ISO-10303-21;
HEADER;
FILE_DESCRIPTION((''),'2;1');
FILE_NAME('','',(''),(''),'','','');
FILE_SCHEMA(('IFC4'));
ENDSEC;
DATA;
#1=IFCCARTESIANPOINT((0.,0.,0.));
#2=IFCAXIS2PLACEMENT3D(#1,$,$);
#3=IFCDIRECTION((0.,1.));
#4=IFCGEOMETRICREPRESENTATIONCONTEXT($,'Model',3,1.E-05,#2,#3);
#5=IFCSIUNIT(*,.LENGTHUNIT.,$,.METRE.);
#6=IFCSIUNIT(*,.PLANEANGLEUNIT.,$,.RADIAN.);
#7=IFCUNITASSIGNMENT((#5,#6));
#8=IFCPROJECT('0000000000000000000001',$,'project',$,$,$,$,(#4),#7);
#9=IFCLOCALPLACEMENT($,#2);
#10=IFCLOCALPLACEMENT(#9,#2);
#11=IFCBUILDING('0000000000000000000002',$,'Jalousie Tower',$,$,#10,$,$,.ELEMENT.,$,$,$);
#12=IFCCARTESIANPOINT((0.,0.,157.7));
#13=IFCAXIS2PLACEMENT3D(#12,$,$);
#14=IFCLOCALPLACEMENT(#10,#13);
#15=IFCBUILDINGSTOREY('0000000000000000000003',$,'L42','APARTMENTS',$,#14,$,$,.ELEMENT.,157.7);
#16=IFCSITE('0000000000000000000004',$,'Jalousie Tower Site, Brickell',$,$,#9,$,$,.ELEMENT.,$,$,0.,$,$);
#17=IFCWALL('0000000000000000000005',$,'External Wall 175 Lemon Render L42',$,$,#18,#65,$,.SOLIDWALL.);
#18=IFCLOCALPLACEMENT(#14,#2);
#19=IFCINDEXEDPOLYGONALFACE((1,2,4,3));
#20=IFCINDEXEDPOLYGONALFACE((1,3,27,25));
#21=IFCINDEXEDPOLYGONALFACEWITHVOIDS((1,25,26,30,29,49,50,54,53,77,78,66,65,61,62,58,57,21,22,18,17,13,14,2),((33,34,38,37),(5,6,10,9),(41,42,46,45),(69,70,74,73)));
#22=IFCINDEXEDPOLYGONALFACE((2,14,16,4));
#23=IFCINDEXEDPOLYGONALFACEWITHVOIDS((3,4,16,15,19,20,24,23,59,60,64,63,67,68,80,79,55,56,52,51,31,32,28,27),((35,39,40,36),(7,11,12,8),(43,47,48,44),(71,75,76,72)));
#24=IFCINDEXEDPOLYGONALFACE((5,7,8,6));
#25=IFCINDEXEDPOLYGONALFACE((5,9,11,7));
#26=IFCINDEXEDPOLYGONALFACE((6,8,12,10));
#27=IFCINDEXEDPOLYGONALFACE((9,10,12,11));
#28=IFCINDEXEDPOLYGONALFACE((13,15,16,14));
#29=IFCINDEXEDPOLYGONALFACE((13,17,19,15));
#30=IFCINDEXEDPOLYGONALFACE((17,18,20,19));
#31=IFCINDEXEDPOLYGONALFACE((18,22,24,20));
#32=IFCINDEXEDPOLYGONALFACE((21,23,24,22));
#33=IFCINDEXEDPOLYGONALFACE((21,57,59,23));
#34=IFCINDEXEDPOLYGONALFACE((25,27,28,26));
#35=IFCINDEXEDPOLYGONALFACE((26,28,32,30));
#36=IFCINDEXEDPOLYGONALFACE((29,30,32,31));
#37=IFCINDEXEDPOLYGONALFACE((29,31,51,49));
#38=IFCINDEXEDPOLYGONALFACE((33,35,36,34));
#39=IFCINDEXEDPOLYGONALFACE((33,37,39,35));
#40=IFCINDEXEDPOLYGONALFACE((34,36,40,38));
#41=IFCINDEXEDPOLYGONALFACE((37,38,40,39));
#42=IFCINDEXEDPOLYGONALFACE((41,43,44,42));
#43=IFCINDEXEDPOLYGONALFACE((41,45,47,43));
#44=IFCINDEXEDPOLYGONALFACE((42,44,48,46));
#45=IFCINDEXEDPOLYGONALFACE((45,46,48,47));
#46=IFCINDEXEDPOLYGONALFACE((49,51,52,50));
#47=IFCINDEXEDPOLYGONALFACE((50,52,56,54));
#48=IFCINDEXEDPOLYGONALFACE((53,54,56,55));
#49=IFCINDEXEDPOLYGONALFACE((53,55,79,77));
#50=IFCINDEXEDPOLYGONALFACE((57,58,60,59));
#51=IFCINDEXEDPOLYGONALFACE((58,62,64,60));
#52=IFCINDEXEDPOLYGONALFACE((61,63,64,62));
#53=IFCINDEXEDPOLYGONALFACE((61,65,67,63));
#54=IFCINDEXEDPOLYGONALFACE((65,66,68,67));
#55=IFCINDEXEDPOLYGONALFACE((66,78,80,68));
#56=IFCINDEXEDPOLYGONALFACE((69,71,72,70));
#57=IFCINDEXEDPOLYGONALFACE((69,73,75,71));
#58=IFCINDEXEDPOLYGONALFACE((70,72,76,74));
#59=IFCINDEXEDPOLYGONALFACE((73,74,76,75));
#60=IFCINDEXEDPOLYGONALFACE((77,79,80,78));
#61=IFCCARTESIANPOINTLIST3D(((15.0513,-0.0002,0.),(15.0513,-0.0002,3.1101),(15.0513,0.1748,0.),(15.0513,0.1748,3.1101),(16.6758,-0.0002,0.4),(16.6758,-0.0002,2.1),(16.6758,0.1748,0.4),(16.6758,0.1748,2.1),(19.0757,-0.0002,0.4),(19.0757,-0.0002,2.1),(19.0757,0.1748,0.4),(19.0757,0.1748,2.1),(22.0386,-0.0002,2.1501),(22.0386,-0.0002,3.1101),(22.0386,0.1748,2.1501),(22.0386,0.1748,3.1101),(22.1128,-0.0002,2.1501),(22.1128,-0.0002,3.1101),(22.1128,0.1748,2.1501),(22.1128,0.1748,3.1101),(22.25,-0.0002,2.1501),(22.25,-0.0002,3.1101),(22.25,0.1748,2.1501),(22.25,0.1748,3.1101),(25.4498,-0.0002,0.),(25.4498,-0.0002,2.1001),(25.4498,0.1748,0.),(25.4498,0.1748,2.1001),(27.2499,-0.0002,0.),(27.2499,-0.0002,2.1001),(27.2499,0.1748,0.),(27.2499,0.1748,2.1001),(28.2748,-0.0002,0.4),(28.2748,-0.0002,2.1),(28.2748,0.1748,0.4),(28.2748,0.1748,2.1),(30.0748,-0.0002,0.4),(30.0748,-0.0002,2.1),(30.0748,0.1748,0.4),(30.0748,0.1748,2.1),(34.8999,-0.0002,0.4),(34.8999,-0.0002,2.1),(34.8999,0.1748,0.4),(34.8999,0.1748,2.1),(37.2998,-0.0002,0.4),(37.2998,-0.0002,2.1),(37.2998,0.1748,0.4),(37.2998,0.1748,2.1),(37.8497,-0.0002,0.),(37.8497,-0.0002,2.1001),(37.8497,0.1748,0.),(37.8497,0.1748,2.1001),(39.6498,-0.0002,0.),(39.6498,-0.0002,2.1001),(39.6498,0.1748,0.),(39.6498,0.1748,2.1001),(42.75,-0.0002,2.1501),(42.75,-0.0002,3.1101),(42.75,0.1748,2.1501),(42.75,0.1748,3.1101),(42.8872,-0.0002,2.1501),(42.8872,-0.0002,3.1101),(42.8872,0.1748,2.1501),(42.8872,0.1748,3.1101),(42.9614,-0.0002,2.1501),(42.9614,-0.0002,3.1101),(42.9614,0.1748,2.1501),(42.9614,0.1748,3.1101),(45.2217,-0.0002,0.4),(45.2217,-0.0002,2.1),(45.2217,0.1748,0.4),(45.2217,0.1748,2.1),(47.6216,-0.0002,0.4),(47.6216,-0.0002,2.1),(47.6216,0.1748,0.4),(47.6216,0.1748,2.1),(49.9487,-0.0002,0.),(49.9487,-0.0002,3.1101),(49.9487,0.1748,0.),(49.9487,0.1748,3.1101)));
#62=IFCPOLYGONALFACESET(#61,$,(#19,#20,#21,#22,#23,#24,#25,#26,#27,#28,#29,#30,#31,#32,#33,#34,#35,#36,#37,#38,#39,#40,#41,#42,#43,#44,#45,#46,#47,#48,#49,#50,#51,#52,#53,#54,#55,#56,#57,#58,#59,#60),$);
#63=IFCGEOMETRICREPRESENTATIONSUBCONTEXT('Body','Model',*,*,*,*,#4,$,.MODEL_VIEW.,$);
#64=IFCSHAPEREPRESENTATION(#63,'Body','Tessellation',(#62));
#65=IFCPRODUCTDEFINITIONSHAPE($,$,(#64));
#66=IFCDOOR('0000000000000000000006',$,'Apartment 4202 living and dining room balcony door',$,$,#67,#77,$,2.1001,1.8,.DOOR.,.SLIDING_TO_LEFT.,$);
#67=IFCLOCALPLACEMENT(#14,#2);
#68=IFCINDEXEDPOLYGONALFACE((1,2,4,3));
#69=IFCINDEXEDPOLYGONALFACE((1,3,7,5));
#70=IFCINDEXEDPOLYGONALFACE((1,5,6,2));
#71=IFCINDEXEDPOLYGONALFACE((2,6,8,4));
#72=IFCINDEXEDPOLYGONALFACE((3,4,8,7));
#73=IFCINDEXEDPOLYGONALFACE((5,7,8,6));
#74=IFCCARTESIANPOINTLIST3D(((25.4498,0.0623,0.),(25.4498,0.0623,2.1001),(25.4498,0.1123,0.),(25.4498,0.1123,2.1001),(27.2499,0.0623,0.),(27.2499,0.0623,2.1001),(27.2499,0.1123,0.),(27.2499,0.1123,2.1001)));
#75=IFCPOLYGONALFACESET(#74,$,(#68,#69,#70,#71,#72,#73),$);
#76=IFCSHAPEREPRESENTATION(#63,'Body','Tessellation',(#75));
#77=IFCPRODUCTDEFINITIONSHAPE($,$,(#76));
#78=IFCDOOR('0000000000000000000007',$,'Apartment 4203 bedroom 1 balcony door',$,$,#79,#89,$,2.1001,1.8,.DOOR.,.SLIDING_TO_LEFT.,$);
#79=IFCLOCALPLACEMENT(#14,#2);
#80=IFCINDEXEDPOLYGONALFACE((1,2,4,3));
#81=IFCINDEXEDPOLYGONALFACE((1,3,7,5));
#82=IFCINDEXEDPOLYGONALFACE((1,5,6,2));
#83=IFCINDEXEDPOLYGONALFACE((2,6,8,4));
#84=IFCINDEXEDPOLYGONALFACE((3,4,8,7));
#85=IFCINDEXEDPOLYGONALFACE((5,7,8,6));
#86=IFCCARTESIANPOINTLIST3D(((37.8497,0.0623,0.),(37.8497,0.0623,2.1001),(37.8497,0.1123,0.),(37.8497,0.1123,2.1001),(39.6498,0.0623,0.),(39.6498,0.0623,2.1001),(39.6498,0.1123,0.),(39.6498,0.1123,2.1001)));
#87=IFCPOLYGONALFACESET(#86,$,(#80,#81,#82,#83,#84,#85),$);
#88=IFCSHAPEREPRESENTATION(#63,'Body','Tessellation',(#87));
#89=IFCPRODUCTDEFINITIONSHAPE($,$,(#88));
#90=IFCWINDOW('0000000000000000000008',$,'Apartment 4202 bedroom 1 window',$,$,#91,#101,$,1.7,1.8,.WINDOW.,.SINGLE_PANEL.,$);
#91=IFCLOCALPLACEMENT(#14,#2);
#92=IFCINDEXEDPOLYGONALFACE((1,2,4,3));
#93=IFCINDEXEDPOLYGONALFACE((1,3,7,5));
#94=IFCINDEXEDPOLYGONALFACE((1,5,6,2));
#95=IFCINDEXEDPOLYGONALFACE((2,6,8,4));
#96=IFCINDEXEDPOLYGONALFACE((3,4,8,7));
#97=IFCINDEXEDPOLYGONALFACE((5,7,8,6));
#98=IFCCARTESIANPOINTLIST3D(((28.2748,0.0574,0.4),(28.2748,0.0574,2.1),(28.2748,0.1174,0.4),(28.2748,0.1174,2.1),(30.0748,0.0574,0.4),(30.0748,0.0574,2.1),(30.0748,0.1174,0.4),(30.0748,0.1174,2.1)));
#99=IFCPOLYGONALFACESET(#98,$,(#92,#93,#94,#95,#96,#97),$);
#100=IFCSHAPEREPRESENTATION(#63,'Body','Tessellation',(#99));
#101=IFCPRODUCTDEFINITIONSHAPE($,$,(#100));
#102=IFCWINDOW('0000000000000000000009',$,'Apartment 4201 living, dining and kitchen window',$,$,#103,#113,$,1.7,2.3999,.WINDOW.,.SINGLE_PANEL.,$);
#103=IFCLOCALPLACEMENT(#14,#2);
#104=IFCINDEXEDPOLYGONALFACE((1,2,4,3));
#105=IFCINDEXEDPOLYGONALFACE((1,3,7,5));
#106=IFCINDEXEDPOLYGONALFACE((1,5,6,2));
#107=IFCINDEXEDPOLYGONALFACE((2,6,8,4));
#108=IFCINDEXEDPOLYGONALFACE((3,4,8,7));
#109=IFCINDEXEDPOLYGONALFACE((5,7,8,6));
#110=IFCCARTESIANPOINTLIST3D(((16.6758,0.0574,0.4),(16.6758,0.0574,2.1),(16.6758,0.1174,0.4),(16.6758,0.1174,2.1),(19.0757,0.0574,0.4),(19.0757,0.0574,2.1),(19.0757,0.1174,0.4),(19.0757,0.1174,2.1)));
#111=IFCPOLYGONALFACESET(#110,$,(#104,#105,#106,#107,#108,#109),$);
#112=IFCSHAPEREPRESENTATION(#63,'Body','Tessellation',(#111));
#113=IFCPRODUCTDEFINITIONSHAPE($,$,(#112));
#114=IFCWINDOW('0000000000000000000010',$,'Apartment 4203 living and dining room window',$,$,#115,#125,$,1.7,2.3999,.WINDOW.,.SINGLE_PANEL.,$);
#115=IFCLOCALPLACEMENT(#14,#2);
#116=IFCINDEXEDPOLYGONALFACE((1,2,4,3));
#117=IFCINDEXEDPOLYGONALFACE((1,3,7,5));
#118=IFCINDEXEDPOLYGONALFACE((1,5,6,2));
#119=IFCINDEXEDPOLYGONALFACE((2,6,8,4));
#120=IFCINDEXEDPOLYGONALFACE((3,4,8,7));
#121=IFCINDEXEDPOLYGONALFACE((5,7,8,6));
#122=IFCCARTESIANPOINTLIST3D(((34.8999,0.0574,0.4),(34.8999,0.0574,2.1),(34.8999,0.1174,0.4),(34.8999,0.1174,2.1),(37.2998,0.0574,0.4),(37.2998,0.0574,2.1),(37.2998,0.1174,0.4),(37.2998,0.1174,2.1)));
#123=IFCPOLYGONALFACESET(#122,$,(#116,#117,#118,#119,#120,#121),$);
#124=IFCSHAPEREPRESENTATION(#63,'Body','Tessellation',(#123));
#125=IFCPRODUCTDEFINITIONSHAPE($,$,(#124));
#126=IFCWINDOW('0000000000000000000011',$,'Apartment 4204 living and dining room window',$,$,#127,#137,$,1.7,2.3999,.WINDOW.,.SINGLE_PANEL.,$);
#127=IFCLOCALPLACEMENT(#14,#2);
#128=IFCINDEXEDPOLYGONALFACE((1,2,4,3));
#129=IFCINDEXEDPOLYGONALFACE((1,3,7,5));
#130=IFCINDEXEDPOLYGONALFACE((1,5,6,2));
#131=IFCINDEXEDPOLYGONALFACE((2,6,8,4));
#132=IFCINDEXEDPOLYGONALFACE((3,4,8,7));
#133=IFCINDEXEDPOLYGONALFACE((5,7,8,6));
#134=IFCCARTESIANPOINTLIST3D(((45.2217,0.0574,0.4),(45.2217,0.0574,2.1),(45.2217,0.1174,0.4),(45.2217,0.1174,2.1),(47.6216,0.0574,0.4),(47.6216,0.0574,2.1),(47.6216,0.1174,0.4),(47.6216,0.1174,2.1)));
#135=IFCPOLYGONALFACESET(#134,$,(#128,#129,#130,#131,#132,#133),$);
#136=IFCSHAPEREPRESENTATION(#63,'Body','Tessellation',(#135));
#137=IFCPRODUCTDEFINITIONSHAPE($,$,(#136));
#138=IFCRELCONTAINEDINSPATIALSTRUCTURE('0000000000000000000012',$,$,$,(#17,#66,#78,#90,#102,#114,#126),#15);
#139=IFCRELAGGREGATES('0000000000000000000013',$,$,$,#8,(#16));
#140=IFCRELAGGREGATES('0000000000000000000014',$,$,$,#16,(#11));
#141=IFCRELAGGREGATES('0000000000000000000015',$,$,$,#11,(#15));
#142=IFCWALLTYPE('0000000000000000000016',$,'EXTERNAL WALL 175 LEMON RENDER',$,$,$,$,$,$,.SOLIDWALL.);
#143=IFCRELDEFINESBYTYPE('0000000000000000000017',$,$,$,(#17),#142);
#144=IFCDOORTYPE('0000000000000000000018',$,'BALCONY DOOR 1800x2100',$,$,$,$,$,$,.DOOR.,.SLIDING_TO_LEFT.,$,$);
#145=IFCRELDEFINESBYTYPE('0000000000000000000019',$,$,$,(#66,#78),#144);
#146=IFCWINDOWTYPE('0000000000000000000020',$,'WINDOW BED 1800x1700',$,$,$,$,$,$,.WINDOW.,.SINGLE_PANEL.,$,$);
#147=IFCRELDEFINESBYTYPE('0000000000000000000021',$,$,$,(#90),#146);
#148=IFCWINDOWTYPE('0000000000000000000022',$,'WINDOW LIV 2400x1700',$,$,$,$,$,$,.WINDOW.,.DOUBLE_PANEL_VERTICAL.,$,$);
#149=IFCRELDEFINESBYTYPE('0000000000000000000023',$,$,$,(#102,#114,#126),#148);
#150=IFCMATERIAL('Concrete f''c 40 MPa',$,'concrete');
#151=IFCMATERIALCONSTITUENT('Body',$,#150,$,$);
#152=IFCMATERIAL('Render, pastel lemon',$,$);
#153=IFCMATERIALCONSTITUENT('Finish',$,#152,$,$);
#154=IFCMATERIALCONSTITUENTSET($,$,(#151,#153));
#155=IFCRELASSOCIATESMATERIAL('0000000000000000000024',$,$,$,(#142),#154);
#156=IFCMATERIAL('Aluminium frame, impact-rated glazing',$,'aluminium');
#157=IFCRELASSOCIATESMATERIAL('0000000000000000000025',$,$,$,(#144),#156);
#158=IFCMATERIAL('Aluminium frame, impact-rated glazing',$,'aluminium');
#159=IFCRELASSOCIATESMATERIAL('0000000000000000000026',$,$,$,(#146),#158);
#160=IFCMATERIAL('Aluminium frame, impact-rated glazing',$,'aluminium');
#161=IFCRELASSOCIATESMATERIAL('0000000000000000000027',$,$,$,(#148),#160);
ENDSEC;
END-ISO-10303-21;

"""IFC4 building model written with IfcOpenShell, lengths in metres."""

from ifc_helpers import new_model, si_unit, direction, frame, frame_2d, origin, place, context, subcontext, project, spatial, polyline, rectangle, outline, extrude, material, constituent, constituent_set, type_object, element, fill, save


model = new_model("IFC4")

# Units and contexts
model_context = context("Model", 3, precision=1e-05, world=origin(), true_north=direction((0.0, 1.0)))
body_context = subcontext(model_context, "Body", "Model", "MODEL_VIEW")
ifc_project = project(units=[si_unit("LENGTHUNIT", "METRE"), si_unit("PLANEANGLEUNIT", "RADIAN")], contexts=[model_context])

# Site, building, storey
site_placement = place(None, origin())
site = spatial("IfcSite", under=ifc_project, at=site_placement, Name="Jalousie Tower Site, Brickell", CompositionType="ELEMENT", RefElevation=0.0)
building_placement = place(site_placement, origin())
building = spatial("IfcBuilding", under=site, at=building_placement, Name="Jalousie Tower", CompositionType="ELEMENT")
storey_placement = place(building_placement, frame((0.0, 0.0, 157.7)))
storey = spatial("IfcBuildingStorey", under=building, at=storey_placement, Name="L42", Description="APARTMENTS", CompositionType="ELEMENT", Elevation=157.7)

# Wall, openings, doors, windows
ifc_material_1 = material(Name="Concrete f'c 40 MPa", Category="concrete")
ifc_constituent_1 = constituent(ifc_material_1, Name="Body")
ifc_material_2 = material(Name="Render, pastel lemon")
ifc_constituent_2 = constituent(ifc_material_2, Name="Finish")
ifc_constituent_set_1 = constituent_set(constituents=[ifc_constituent_1, ifc_constituent_2])
wall_type_1 = type_object("IfcWallType", Name="EXTERNAL WALL 175 LEMON RENDER", PredefinedType="SOLIDWALL", material=ifc_constituent_set_1)
wall_1_placement = place(storey_placement, frame((15.0513, 0.0874, 0.0), z_axis=(0.0, 0.0, 1.0), x_axis=(1.0, 0.0, 0.0)))
wall_1 = element("IfcWall", 1, at=wall_1_placement, inside=storey, type_object=wall_type_1, Name="External Wall 175 Lemon Render L42", PredefinedType="SOLIDWALL", context=body_context, shape_type="SweptSolid", body=[
    extrude(outline(polyline([(0.0, 0.0), (34.8975, 0.0), (34.8975, 3.1101), (27.9102, 3.1101), (27.9102, 2.1501), (27.8359, 2.1501), (27.8359, 3.1101), (27.6987, 3.1101), (27.6987, 2.1501), (7.1987, 2.1501), (7.1987, 3.1101), (7.0615, 3.1101), (7.0615, 2.1501), (6.9873, 2.1501), (6.9873, 3.1101), (0.0, 3.1101), (0.0, 0.0)])), frame((0.0, 0.0874, 0.0), z_axis=(0.0, -1.0, 0.0), x_axis=(1.0, 0.0, 0.0)), (0.0, 0.0, 1.0), 0.175),
])
opening_1_placement = place(wall_1_placement, frame((1.6245, 0.0, 0.3999)))
opening_1 = element("IfcOpeningElement", 2, at=opening_1_placement, cuts=wall_1, PredefinedType="OPENING", context=body_context, shape_type="SweptSolid", body=[
    extrude(rectangle(XDim=2.3999, YDim=1.7, at=frame_2d((1.2, 0.8501))), frame((0.0, 0.0974, 0.0), z_axis=(0.0, -1.0, 0.0), x_axis=(1.0, 0.0, 0.0)), (0.0, 0.0, 1.0), 0.1951),
])
opening_2_placement = place(wall_1_placement, frame((10.3987, 0.0, 0.0)))
opening_2 = element("IfcOpeningElement", 3, at=opening_2_placement, cuts=wall_1, PredefinedType="OPENING", context=body_context, shape_type="SweptSolid", body=[
    extrude(rectangle(XDim=1.8, YDim=2.1001, at=frame_2d((0.8999, 1.05))), frame((0.0, 0.0974, 0.0), z_axis=(0.0, -1.0, 0.0), x_axis=(1.0, 0.0, 0.0)), (0.0, 0.0, 1.0), 0.1951),
])
opening_3_placement = place(wall_1_placement, frame((13.2236, 0.0, 0.3999)))
opening_3 = element("IfcOpeningElement", 4, at=opening_3_placement, cuts=wall_1, PredefinedType="OPENING", context=body_context, shape_type="SweptSolid", body=[
    extrude(rectangle(XDim=1.8, YDim=1.7, at=frame_2d((0.8999, 0.8501))), frame((0.0, 0.0974, 0.0), z_axis=(0.0, -1.0, 0.0), x_axis=(1.0, 0.0, 0.0)), (0.0, 0.0, 1.0), 0.1951),
])
opening_4_placement = place(wall_1_placement, frame((19.8486, 0.0, 0.3999)))
opening_4 = element("IfcOpeningElement", 5, at=opening_4_placement, cuts=wall_1, PredefinedType="OPENING", context=body_context, shape_type="SweptSolid", body=[
    extrude(rectangle(XDim=2.3999, YDim=1.7, at=frame_2d((1.2, 0.8501))), frame((0.0, 0.0974, 0.0), z_axis=(0.0, -1.0, 0.0), x_axis=(1.0, 0.0, 0.0)), (0.0, 0.0, 1.0), 0.1951),
])
opening_5_placement = place(wall_1_placement, frame((22.7986, 0.0, 0.0)))
opening_5 = element("IfcOpeningElement", 6, at=opening_5_placement, cuts=wall_1, PredefinedType="OPENING", context=body_context, shape_type="SweptSolid", body=[
    extrude(rectangle(XDim=1.8, YDim=2.1001, at=frame_2d((0.8999, 1.05))), frame((0.0, 0.0974, 0.0), z_axis=(0.0, -1.0, 0.0), x_axis=(1.0, 0.0, 0.0)), (0.0, 0.0, 1.0), 0.1951),
])
opening_6_placement = place(wall_1_placement, frame((30.1704, 0.0, 0.3999)))
opening_6 = element("IfcOpeningElement", 7, at=opening_6_placement, cuts=wall_1, PredefinedType="OPENING", context=body_context, shape_type="SweptSolid", body=[
    extrude(rectangle(XDim=2.3999, YDim=1.7, at=frame_2d((1.2, 0.8501))), frame((0.0, 0.0974, 0.0), z_axis=(0.0, -1.0, 0.0), x_axis=(1.0, 0.0, 0.0)), (0.0, 0.0, 1.0), 0.1951),
])
ifc_material_3 = material(Name="Aluminium frame, impact-rated glazing", Category="aluminium")
door_type_1 = type_object("IfcDoorType", Name="BALCONY DOOR 1800x2100", OperationType="SLIDING_TO_LEFT", PredefinedType="DOOR", material=ifc_material_3)
door_1_placement = place(opening_2_placement, origin())
door_1 = element("IfcDoor", 8, at=door_1_placement, inside=storey, type_object=door_type_1, Name="Apartment 4202 living and dining room balcony door", OperationType="SLIDING_TO_LEFT", OverallHeight=2.1001, OverallWidth=1.8, PredefinedType="DOOR", context=body_context, shape_type="SweptSolid", body=[
    extrude(rectangle(XDim=1.8, YDim=2.1001, at=frame_2d((0.8999, 1.05))), frame((0.0, 0.0249, 0.0), z_axis=(0.0, -1.0, 0.0), x_axis=(1.0, 0.0, 0.0)), (0.0, 0.0, 1.0), 0.05),
])
fill(opening_2, door_1)
door_2_placement = place(opening_5_placement, origin())
door_2 = element("IfcDoor", 9, at=door_2_placement, inside=storey, type_object=door_type_1, Name="Apartment 4203 bedroom 1 balcony door", OperationType="SLIDING_TO_LEFT", OverallHeight=2.1001, OverallWidth=1.8, PredefinedType="DOOR", context=body_context, shape_type="SweptSolid", body=[
    extrude(rectangle(XDim=1.8, YDim=2.1001, at=frame_2d((0.8999, 1.05))), frame((0.0, 0.0249, 0.0), z_axis=(0.0, -1.0, 0.0), x_axis=(1.0, 0.0, 0.0)), (0.0, 0.0, 1.0), 0.05),
])
fill(opening_5, door_2)
ifc_material_4 = material(Name="Aluminium frame, impact-rated glazing", Category="aluminium")
window_type_1 = type_object("IfcWindowType", Name="WINDOW BED 1800x1700", PartitioningType="SINGLE_PANEL", PredefinedType="WINDOW", material=ifc_material_4)
window_1_placement = place(opening_3_placement, origin())
window_1 = element("IfcWindow", 10, at=window_1_placement, inside=storey, type_object=window_type_1, Name="Apartment 4202 bedroom 1 window", OverallHeight=1.7, OverallWidth=1.8, PartitioningType="SINGLE_PANEL", PredefinedType="WINDOW", context=body_context, shape_type="SweptSolid", body=[
    extrude(rectangle(XDim=1.8, YDim=1.7, at=frame_2d((0.8999, 0.8501))), frame((0.0, 0.03, 0.0), z_axis=(0.0, -1.0, 0.0), x_axis=(1.0, 0.0, 0.0)), (0.0, 0.0, 1.0), 0.0601),
])
fill(opening_3, window_1)
ifc_material_5 = material(Name="Aluminium frame, impact-rated glazing", Category="aluminium")
window_type_2 = type_object("IfcWindowType", Name="WINDOW LIV 2400x1700", PartitioningType="DOUBLE_PANEL_VERTICAL", PredefinedType="WINDOW", material=ifc_material_5)
window_2_placement = place(opening_1_placement, origin())
window_2 = element("IfcWindow", 11, at=window_2_placement, inside=storey, type_object=window_type_2, Name="Apartment 4201 living, dining and kitchen window", OverallHeight=1.7, OverallWidth=2.3999, PartitioningType="SINGLE_PANEL", PredefinedType="WINDOW", context=body_context, shape_type="SweptSolid", body=[
    extrude(rectangle(XDim=2.3999, YDim=1.7, at=frame_2d((1.2, 0.8501))), frame((0.0, 0.03, 0.0), z_axis=(0.0, -1.0, 0.0), x_axis=(1.0, 0.0, 0.0)), (0.0, 0.0, 1.0), 0.0601),
])
fill(opening_1, window_2)
window_3_placement = place(opening_4_placement, origin())
window_3 = element("IfcWindow", 12, at=window_3_placement, inside=storey, type_object=window_type_2, Name="Apartment 4203 living and dining room window", OverallHeight=1.7, OverallWidth=2.3999, PartitioningType="SINGLE_PANEL", PredefinedType="WINDOW", context=body_context, shape_type="SweptSolid", body=[
    extrude(rectangle(XDim=2.3999, YDim=1.7, at=frame_2d((1.2, 0.8501))), frame((0.0, 0.03, 0.0), z_axis=(0.0, -1.0, 0.0), x_axis=(1.0, 0.0, 0.0)), (0.0, 0.0, 1.0), 0.0601),
])
fill(opening_4, window_3)
window_4_placement = place(opening_6_placement, origin())
window_4 = element("IfcWindow", 13, at=window_4_placement, inside=storey, type_object=window_type_2, Name="Apartment 4204 living and dining room window", OverallHeight=1.7, OverallWidth=2.3999, PartitioningType="SINGLE_PANEL", PredefinedType="WINDOW", context=body_context, shape_type="SweptSolid", body=[
    extrude(rectangle(XDim=2.3999, YDim=1.7, at=frame_2d((1.2, 0.8501))), frame((0.0, 0.03, 0.0), z_axis=(0.0, -1.0, 0.0), x_axis=(1.0, 0.0, 0.0)), (0.0, 0.0, 1.0), 0.0601),
])
fill(opening_6, window_4)

save(model, "model.ifc")
